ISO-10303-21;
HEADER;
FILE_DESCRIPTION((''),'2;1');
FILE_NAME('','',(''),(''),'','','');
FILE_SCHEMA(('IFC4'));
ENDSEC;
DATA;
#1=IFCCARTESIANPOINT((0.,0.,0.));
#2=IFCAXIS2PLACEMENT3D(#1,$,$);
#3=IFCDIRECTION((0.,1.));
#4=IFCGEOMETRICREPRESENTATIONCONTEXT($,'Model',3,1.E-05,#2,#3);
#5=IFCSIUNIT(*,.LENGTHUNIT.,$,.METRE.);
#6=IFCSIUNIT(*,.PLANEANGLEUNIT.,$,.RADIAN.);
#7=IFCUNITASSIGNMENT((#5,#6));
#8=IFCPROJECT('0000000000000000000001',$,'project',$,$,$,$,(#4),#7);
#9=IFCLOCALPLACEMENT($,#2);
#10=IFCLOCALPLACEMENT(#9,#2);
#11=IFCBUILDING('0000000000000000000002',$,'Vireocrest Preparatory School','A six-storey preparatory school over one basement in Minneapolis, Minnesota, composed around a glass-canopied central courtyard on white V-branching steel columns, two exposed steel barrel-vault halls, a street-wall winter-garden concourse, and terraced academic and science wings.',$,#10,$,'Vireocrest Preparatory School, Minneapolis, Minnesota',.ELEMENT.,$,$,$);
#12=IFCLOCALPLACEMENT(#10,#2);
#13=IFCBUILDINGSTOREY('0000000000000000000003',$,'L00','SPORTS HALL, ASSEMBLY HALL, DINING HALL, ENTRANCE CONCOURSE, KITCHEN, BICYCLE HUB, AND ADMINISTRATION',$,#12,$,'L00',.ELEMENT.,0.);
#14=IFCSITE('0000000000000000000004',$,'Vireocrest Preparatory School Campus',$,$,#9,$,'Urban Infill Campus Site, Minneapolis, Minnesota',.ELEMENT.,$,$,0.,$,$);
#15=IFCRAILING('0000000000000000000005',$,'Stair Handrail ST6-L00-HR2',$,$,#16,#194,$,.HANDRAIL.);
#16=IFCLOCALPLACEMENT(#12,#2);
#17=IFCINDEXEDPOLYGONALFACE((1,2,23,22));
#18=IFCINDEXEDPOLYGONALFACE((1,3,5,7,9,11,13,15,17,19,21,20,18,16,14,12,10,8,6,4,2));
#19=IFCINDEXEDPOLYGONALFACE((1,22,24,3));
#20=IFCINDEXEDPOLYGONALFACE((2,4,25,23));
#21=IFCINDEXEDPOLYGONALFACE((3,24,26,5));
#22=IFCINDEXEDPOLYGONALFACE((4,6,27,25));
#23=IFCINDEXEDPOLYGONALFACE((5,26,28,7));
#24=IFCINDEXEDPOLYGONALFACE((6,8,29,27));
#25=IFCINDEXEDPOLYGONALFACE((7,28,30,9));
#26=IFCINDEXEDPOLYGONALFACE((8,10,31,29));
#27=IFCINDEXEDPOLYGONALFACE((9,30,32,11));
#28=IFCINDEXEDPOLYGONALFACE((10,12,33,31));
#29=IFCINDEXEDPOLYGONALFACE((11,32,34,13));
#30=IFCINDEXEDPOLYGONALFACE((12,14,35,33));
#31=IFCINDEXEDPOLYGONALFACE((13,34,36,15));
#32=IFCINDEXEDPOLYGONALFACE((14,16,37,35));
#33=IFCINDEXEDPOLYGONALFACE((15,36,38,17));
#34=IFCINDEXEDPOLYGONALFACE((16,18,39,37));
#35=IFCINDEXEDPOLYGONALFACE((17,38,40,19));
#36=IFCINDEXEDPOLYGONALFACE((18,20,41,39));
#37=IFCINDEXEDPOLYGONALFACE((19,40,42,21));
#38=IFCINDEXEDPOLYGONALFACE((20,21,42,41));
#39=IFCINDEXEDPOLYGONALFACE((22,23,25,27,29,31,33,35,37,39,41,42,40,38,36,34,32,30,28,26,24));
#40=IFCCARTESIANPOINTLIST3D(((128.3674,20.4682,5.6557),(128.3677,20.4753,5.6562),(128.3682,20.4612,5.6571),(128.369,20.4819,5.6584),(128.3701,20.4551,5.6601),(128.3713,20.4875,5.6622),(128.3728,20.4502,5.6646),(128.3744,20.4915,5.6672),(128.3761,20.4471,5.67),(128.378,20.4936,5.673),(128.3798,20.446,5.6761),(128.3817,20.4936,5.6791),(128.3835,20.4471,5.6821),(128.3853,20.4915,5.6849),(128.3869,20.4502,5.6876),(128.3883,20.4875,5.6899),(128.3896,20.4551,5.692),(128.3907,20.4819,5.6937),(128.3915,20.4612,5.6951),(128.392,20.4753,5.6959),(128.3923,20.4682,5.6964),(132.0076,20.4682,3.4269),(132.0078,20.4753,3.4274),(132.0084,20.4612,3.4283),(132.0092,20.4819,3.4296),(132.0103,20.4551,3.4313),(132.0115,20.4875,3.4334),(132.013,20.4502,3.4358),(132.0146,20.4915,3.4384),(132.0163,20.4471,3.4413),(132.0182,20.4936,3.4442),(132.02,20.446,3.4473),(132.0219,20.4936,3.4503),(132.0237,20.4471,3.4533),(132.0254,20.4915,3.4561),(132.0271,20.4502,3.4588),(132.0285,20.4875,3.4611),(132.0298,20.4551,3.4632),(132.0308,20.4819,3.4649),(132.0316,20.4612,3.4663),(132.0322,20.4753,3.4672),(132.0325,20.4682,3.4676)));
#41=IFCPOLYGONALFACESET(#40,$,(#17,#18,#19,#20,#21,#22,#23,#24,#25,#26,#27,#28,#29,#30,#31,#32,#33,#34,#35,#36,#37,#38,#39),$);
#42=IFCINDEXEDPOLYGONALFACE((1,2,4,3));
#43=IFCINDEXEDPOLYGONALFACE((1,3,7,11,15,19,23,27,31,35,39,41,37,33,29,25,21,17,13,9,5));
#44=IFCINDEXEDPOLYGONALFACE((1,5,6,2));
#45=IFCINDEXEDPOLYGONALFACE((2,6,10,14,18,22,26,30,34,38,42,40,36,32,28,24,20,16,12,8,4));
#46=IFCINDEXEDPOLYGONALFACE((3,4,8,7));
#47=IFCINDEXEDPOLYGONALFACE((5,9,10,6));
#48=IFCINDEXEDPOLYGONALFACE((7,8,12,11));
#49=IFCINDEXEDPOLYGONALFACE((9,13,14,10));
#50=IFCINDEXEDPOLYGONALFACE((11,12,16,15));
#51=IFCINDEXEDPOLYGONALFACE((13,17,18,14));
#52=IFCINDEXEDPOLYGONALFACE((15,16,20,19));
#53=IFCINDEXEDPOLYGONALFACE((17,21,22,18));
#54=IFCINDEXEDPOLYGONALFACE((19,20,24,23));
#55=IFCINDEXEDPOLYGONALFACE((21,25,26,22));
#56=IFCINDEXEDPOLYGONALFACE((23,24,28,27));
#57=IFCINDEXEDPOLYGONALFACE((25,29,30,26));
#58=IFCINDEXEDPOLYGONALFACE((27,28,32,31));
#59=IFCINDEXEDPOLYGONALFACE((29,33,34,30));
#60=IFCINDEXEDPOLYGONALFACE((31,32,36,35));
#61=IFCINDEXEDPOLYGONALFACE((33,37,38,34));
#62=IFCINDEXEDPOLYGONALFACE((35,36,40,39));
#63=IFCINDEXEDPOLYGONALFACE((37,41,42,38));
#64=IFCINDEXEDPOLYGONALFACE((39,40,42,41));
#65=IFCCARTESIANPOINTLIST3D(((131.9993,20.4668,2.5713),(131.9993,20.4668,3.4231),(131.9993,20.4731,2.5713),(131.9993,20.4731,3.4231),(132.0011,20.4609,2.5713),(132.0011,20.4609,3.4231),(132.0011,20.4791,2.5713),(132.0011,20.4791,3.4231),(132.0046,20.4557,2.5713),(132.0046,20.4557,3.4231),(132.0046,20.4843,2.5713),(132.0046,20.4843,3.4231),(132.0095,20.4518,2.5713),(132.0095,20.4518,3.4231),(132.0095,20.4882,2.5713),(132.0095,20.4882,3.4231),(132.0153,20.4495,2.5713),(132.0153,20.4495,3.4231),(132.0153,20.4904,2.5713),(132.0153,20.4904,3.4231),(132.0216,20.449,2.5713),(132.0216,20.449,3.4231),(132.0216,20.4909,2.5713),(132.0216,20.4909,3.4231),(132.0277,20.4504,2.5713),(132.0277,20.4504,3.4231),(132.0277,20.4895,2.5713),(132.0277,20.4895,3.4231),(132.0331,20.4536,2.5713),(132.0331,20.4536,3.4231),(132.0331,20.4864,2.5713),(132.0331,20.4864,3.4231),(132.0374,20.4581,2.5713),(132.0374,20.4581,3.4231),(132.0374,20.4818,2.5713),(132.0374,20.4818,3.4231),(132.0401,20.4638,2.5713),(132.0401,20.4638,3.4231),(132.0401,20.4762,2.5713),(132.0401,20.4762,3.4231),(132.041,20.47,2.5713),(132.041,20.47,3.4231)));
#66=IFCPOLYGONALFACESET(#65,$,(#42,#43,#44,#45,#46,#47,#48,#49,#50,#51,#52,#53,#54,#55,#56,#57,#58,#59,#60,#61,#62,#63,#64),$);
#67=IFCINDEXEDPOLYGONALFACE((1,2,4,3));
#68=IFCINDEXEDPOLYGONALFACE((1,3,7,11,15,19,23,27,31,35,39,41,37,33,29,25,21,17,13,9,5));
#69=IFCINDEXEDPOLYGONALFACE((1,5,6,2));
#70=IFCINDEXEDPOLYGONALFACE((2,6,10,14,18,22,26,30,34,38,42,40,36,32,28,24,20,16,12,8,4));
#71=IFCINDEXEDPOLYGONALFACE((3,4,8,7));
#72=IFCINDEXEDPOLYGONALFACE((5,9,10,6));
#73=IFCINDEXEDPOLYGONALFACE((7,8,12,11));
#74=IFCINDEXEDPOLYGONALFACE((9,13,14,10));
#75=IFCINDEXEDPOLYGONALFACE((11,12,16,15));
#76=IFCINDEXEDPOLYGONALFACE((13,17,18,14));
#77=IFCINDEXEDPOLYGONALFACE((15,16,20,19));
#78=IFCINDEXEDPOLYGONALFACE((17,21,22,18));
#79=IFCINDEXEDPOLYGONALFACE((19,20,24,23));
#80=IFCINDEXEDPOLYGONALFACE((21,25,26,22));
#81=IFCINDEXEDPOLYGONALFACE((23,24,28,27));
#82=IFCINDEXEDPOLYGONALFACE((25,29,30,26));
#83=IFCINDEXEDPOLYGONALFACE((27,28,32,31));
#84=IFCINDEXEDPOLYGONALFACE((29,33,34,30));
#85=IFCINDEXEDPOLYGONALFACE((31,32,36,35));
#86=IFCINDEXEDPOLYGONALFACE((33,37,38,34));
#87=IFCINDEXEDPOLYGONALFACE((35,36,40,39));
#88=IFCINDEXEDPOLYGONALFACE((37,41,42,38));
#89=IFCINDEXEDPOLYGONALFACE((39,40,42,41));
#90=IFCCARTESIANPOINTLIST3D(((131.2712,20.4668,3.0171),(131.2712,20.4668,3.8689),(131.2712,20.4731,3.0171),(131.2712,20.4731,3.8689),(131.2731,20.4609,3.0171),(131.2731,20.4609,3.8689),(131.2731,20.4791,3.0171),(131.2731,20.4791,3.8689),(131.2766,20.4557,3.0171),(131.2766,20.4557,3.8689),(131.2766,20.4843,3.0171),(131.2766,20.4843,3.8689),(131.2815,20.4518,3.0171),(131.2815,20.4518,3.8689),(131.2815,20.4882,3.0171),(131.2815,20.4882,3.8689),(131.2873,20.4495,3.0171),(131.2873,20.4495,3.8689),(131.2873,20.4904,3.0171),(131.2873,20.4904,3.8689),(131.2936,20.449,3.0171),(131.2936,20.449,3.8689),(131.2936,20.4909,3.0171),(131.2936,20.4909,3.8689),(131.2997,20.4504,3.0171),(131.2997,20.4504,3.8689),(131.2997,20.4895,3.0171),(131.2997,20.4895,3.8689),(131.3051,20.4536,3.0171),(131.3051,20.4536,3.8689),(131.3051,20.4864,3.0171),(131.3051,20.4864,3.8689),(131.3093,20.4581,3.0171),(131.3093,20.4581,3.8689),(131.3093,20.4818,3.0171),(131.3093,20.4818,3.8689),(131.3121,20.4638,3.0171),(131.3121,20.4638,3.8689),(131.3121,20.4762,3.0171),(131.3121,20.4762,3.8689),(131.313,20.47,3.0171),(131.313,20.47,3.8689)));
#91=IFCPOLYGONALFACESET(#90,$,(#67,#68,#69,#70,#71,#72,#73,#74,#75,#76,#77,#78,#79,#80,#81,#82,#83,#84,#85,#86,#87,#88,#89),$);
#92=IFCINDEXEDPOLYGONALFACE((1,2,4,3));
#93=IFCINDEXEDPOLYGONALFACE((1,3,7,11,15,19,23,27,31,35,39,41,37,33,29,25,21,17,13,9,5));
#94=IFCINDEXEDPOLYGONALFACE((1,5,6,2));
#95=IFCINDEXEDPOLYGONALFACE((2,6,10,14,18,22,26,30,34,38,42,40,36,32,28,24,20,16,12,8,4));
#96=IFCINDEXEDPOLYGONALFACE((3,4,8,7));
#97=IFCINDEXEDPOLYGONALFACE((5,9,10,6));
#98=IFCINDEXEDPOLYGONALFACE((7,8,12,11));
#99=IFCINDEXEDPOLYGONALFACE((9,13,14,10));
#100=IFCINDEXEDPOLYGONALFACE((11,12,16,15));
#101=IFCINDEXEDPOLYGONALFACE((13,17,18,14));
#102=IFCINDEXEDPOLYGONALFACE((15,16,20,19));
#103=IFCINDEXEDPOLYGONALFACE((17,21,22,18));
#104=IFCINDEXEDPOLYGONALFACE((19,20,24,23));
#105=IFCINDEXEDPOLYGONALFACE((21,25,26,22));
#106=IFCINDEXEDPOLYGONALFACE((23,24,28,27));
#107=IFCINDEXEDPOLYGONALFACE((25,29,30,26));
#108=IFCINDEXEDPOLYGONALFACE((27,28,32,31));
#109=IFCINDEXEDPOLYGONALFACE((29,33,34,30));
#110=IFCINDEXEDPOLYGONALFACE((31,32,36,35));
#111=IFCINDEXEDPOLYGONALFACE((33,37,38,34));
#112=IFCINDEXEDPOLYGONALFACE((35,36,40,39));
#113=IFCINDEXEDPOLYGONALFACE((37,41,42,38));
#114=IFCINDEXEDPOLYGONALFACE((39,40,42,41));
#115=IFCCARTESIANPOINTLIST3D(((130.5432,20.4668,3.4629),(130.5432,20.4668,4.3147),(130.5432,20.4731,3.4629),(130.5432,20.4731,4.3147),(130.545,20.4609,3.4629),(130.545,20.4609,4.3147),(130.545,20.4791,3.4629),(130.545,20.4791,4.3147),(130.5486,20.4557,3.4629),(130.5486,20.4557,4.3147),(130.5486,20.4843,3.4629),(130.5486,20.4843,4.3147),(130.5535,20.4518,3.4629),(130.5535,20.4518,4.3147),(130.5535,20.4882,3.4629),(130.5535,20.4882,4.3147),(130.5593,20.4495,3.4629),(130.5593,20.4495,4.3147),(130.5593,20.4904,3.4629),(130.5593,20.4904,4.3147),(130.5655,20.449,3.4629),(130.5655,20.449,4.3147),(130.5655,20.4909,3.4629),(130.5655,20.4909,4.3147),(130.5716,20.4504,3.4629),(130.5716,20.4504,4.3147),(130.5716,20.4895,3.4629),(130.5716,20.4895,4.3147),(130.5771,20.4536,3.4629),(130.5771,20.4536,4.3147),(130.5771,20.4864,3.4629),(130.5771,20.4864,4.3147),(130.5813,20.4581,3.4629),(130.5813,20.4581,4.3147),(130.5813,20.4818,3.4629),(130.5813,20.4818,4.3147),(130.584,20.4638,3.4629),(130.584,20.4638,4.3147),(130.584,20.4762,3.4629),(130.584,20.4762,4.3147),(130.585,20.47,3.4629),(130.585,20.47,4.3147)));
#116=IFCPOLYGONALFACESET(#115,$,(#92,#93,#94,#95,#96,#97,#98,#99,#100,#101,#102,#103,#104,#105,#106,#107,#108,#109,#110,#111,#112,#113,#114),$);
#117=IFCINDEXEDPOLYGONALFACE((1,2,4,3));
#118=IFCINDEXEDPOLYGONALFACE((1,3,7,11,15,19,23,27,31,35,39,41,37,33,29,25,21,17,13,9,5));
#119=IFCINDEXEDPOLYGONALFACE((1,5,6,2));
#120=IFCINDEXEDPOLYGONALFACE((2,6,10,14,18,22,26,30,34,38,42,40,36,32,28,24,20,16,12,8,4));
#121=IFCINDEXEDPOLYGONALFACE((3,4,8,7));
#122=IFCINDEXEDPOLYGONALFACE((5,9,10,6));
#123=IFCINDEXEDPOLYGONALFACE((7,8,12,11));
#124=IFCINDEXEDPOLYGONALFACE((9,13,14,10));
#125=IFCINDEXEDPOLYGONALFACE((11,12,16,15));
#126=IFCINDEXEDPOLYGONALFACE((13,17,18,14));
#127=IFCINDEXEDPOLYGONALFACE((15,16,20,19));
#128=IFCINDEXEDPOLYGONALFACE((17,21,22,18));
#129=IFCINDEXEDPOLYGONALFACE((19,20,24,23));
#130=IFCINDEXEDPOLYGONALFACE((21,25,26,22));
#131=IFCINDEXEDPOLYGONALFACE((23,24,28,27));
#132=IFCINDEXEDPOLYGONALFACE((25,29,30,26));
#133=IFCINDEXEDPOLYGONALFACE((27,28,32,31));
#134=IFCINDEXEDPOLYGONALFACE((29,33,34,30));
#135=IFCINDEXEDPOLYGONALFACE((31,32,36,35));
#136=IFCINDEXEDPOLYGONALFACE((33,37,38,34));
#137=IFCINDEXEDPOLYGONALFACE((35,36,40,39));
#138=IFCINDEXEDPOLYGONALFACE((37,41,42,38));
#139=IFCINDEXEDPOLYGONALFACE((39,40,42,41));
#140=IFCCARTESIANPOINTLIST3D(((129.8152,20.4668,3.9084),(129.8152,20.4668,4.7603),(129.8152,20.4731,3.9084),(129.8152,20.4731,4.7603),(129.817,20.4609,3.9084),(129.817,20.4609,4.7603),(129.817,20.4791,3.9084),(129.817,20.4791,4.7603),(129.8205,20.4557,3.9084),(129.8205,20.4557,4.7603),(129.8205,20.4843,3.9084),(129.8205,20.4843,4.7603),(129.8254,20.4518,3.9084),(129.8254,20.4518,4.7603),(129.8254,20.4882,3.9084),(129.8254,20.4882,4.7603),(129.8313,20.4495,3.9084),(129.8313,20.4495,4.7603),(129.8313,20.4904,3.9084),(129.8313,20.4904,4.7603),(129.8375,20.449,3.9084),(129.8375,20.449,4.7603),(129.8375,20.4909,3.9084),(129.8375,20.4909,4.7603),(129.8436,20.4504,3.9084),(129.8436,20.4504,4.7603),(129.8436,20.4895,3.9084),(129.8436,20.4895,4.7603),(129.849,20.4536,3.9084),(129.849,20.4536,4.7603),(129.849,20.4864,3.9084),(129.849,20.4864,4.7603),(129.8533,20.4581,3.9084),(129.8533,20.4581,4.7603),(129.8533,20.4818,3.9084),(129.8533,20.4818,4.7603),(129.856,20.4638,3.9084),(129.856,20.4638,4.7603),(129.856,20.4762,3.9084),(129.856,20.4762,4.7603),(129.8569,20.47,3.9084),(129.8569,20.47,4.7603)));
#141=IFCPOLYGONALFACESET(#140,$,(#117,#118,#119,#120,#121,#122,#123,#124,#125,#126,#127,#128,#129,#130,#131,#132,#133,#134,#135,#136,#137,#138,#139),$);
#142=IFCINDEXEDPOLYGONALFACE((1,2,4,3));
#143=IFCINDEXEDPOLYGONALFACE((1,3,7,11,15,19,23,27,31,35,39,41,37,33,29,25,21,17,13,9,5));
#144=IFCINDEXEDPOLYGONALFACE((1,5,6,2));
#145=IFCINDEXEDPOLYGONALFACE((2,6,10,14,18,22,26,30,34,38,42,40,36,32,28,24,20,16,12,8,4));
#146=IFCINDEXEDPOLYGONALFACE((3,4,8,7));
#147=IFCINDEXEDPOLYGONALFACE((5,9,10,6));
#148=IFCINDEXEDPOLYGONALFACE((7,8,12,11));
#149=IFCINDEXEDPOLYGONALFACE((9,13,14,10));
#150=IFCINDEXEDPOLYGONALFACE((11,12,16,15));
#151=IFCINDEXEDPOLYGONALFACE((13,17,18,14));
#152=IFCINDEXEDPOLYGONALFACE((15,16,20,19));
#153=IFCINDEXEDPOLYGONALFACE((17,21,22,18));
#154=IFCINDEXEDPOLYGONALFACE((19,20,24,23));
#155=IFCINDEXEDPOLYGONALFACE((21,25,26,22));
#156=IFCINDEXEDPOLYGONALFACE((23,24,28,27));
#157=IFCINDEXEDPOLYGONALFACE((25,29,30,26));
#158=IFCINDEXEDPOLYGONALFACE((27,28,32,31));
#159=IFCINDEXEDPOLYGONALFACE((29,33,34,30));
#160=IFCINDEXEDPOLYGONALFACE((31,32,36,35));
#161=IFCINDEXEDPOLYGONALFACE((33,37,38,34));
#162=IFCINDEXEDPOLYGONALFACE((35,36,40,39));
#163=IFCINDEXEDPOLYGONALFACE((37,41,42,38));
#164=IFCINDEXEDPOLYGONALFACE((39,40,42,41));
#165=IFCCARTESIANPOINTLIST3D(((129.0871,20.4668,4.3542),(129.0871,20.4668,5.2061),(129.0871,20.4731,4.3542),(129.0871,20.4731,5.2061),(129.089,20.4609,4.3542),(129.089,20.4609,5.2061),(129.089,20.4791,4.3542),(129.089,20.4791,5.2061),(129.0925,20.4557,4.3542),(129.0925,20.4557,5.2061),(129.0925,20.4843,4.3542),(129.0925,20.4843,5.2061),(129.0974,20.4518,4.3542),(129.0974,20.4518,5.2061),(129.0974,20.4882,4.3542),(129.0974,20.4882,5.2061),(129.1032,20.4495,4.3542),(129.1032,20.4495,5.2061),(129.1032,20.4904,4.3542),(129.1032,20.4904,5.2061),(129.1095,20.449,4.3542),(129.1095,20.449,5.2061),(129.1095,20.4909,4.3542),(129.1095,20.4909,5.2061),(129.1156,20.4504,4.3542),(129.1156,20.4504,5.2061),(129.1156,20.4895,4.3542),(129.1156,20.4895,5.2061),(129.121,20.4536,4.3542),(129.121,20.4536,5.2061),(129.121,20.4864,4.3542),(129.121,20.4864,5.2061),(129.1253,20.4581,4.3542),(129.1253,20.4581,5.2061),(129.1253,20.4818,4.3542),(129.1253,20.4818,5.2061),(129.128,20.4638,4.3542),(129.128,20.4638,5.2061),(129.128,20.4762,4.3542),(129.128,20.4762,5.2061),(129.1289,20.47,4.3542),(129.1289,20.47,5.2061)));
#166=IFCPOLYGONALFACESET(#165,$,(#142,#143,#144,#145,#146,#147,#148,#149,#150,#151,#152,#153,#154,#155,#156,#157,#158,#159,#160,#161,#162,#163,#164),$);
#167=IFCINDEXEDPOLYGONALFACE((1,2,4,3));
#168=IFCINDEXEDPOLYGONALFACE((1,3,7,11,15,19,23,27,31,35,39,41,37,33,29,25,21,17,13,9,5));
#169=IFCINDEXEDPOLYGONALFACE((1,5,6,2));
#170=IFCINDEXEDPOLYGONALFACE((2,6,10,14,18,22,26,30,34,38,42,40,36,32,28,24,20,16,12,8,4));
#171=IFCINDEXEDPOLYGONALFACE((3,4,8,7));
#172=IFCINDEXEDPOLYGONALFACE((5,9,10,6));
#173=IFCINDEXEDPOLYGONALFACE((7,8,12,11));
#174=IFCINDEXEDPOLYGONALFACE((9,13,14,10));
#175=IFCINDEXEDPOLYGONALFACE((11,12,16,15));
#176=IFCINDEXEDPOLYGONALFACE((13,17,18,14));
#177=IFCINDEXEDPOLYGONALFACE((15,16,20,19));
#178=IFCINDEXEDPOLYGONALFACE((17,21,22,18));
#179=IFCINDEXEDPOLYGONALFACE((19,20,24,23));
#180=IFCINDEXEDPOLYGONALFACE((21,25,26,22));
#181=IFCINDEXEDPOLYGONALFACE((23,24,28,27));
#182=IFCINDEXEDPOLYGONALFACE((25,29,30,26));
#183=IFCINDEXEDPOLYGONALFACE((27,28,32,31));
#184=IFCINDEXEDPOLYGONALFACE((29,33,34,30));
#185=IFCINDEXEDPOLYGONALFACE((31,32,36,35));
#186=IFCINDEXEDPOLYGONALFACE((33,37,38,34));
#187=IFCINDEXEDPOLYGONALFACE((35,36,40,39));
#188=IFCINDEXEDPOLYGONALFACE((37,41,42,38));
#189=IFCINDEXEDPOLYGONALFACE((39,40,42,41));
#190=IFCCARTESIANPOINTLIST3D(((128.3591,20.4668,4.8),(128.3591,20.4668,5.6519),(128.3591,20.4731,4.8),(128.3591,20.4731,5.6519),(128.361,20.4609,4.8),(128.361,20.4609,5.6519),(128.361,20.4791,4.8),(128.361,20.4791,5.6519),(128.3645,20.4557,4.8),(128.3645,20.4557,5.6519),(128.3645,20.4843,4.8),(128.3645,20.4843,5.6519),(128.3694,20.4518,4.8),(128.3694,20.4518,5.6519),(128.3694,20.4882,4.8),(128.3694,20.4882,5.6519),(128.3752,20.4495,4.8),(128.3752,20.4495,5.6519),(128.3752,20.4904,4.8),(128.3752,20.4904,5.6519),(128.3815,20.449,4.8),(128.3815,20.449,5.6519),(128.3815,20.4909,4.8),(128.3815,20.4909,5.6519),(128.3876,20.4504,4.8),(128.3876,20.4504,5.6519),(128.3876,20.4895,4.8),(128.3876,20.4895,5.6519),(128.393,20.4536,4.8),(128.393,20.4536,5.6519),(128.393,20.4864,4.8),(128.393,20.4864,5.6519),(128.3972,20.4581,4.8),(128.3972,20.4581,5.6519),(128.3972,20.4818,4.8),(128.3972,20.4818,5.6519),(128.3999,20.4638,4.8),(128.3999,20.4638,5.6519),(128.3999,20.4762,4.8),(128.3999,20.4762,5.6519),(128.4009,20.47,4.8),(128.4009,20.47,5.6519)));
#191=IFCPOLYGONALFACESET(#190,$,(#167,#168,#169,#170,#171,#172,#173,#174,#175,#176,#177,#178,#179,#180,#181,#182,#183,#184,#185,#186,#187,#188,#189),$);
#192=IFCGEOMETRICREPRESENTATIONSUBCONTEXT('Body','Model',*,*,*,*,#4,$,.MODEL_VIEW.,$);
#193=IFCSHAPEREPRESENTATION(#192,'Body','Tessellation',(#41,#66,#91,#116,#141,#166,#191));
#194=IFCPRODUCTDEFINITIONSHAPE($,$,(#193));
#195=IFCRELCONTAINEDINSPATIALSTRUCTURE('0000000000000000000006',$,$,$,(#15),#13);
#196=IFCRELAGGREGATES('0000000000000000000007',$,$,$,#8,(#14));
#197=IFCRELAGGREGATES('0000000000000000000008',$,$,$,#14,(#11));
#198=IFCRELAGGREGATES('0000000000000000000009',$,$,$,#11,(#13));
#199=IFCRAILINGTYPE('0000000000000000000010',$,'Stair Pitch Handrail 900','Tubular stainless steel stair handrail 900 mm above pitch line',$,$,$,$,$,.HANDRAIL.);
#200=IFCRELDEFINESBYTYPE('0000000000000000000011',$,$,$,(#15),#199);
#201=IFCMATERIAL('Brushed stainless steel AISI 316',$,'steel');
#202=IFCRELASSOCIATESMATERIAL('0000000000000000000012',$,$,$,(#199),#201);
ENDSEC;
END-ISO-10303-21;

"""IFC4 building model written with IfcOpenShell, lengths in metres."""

from ifc_helpers import new_model, si_unit, direction, frame, origin, origin_2d, place, context, subcontext, project, spatial, circle, extrude, material, type_object, element, save


model = new_model("IFC4")

# Units and contexts
model_context = context("Model", 3, precision=1e-05, world=origin(), true_north=direction((0.0, 1.0)))
body_context = subcontext(model_context, "Body", "Model", "MODEL_VIEW")
ifc_project = project(units=[si_unit("LENGTHUNIT", "METRE"), si_unit("PLANEANGLEUNIT", "RADIAN")], contexts=[model_context])

# Site, building, storey
site_placement = place(None, origin())
site = spatial("IfcSite", under=ifc_project, at=site_placement, Name="Vireocrest Preparatory School Campus", LongName="Urban Infill Campus Site, Minneapolis, Minnesota", CompositionType="ELEMENT", RefElevation=0.0)
building_placement = place(site_placement, origin())
building = spatial("IfcBuilding", under=site, at=building_placement, Name="Vireocrest Preparatory School", Description="A six-storey preparatory school over one basement in Minneapolis, Minnesota, composed around a glass-canopied central courtyard on white V-branching steel columns, two exposed steel barrel-vault halls, a street-wall winter-garden concourse, and terraced academic and science wings.", LongName="Vireocrest Preparatory School, Minneapolis, Minnesota", CompositionType="ELEMENT")
storey_placement = place(building_placement, origin())
storey = spatial("IfcBuildingStorey", under=building, at=storey_placement, Name="L00", Description="SPORTS HALL, ASSEMBLY HALL, DINING HALL, ENTRANCE CONCOURSE, KITCHEN, BICYCLE HUB, AND ADMINISTRATION", LongName="L00", CompositionType="ELEMENT", Elevation=0.0)

# Railing
ifc_material_1 = material(Name="Brushed stainless steel AISI 316", Category="steel")
railing_type_1 = type_object("IfcRailingType", Name="Stair Pitch Handrail 900", Description="Tubular stainless steel stair handrail 900 mm above pitch line", PredefinedType="HANDRAIL", material=ifc_material_1)
railing_1_placement = place(storey_placement, frame((132.02, 20.47, 2.5713)))
element("IfcRailing", 1, at=railing_1_placement, inside=storey, type_object=railing_type_1, Name="Stair Handrail ST6-L00-HR2", PredefinedType="HANDRAIL", context=body_context, shape_type="SweptSolid", body=[
    extrude(circle(Radius=0.0239, at=origin_2d()), frame((0.0, 0.0, 0.876), z_axis=(-0.85284, 0.0, 0.522172), x_axis=(0.0, -1.0, 0.0)), (0.0, 0.0, 1.0), 4.2683),
    extrude(circle(Radius=0.021, at=origin_2d()), origin(), (0.0, 0.0, 1.0), 0.8518),
    extrude(circle(Radius=0.021, at=origin_2d()), frame((-0.728, 0.0, 0.4458)), (0.0, 0.0, 1.0), 0.8518),
    extrude(circle(Radius=0.021, at=origin_2d()), frame((-1.4561, 0.0, 0.8916)), (0.0, 0.0, 1.0), 0.8518),
    extrude(circle(Radius=0.021, at=origin_2d()), frame((-2.1841, 0.0, 1.3372)), (0.0, 0.0, 1.0), 0.8518),
    extrude(circle(Radius=0.021, at=origin_2d()), frame((-2.9121, 0.0, 1.783)), (0.0, 0.0, 1.0), 0.8518),
    extrude(circle(Radius=0.021, at=origin_2d()), frame((-3.6401, 0.0, 2.2288)), (0.0, 0.0, 1.0), 0.8518),
])

save(model, "model.ifc")
